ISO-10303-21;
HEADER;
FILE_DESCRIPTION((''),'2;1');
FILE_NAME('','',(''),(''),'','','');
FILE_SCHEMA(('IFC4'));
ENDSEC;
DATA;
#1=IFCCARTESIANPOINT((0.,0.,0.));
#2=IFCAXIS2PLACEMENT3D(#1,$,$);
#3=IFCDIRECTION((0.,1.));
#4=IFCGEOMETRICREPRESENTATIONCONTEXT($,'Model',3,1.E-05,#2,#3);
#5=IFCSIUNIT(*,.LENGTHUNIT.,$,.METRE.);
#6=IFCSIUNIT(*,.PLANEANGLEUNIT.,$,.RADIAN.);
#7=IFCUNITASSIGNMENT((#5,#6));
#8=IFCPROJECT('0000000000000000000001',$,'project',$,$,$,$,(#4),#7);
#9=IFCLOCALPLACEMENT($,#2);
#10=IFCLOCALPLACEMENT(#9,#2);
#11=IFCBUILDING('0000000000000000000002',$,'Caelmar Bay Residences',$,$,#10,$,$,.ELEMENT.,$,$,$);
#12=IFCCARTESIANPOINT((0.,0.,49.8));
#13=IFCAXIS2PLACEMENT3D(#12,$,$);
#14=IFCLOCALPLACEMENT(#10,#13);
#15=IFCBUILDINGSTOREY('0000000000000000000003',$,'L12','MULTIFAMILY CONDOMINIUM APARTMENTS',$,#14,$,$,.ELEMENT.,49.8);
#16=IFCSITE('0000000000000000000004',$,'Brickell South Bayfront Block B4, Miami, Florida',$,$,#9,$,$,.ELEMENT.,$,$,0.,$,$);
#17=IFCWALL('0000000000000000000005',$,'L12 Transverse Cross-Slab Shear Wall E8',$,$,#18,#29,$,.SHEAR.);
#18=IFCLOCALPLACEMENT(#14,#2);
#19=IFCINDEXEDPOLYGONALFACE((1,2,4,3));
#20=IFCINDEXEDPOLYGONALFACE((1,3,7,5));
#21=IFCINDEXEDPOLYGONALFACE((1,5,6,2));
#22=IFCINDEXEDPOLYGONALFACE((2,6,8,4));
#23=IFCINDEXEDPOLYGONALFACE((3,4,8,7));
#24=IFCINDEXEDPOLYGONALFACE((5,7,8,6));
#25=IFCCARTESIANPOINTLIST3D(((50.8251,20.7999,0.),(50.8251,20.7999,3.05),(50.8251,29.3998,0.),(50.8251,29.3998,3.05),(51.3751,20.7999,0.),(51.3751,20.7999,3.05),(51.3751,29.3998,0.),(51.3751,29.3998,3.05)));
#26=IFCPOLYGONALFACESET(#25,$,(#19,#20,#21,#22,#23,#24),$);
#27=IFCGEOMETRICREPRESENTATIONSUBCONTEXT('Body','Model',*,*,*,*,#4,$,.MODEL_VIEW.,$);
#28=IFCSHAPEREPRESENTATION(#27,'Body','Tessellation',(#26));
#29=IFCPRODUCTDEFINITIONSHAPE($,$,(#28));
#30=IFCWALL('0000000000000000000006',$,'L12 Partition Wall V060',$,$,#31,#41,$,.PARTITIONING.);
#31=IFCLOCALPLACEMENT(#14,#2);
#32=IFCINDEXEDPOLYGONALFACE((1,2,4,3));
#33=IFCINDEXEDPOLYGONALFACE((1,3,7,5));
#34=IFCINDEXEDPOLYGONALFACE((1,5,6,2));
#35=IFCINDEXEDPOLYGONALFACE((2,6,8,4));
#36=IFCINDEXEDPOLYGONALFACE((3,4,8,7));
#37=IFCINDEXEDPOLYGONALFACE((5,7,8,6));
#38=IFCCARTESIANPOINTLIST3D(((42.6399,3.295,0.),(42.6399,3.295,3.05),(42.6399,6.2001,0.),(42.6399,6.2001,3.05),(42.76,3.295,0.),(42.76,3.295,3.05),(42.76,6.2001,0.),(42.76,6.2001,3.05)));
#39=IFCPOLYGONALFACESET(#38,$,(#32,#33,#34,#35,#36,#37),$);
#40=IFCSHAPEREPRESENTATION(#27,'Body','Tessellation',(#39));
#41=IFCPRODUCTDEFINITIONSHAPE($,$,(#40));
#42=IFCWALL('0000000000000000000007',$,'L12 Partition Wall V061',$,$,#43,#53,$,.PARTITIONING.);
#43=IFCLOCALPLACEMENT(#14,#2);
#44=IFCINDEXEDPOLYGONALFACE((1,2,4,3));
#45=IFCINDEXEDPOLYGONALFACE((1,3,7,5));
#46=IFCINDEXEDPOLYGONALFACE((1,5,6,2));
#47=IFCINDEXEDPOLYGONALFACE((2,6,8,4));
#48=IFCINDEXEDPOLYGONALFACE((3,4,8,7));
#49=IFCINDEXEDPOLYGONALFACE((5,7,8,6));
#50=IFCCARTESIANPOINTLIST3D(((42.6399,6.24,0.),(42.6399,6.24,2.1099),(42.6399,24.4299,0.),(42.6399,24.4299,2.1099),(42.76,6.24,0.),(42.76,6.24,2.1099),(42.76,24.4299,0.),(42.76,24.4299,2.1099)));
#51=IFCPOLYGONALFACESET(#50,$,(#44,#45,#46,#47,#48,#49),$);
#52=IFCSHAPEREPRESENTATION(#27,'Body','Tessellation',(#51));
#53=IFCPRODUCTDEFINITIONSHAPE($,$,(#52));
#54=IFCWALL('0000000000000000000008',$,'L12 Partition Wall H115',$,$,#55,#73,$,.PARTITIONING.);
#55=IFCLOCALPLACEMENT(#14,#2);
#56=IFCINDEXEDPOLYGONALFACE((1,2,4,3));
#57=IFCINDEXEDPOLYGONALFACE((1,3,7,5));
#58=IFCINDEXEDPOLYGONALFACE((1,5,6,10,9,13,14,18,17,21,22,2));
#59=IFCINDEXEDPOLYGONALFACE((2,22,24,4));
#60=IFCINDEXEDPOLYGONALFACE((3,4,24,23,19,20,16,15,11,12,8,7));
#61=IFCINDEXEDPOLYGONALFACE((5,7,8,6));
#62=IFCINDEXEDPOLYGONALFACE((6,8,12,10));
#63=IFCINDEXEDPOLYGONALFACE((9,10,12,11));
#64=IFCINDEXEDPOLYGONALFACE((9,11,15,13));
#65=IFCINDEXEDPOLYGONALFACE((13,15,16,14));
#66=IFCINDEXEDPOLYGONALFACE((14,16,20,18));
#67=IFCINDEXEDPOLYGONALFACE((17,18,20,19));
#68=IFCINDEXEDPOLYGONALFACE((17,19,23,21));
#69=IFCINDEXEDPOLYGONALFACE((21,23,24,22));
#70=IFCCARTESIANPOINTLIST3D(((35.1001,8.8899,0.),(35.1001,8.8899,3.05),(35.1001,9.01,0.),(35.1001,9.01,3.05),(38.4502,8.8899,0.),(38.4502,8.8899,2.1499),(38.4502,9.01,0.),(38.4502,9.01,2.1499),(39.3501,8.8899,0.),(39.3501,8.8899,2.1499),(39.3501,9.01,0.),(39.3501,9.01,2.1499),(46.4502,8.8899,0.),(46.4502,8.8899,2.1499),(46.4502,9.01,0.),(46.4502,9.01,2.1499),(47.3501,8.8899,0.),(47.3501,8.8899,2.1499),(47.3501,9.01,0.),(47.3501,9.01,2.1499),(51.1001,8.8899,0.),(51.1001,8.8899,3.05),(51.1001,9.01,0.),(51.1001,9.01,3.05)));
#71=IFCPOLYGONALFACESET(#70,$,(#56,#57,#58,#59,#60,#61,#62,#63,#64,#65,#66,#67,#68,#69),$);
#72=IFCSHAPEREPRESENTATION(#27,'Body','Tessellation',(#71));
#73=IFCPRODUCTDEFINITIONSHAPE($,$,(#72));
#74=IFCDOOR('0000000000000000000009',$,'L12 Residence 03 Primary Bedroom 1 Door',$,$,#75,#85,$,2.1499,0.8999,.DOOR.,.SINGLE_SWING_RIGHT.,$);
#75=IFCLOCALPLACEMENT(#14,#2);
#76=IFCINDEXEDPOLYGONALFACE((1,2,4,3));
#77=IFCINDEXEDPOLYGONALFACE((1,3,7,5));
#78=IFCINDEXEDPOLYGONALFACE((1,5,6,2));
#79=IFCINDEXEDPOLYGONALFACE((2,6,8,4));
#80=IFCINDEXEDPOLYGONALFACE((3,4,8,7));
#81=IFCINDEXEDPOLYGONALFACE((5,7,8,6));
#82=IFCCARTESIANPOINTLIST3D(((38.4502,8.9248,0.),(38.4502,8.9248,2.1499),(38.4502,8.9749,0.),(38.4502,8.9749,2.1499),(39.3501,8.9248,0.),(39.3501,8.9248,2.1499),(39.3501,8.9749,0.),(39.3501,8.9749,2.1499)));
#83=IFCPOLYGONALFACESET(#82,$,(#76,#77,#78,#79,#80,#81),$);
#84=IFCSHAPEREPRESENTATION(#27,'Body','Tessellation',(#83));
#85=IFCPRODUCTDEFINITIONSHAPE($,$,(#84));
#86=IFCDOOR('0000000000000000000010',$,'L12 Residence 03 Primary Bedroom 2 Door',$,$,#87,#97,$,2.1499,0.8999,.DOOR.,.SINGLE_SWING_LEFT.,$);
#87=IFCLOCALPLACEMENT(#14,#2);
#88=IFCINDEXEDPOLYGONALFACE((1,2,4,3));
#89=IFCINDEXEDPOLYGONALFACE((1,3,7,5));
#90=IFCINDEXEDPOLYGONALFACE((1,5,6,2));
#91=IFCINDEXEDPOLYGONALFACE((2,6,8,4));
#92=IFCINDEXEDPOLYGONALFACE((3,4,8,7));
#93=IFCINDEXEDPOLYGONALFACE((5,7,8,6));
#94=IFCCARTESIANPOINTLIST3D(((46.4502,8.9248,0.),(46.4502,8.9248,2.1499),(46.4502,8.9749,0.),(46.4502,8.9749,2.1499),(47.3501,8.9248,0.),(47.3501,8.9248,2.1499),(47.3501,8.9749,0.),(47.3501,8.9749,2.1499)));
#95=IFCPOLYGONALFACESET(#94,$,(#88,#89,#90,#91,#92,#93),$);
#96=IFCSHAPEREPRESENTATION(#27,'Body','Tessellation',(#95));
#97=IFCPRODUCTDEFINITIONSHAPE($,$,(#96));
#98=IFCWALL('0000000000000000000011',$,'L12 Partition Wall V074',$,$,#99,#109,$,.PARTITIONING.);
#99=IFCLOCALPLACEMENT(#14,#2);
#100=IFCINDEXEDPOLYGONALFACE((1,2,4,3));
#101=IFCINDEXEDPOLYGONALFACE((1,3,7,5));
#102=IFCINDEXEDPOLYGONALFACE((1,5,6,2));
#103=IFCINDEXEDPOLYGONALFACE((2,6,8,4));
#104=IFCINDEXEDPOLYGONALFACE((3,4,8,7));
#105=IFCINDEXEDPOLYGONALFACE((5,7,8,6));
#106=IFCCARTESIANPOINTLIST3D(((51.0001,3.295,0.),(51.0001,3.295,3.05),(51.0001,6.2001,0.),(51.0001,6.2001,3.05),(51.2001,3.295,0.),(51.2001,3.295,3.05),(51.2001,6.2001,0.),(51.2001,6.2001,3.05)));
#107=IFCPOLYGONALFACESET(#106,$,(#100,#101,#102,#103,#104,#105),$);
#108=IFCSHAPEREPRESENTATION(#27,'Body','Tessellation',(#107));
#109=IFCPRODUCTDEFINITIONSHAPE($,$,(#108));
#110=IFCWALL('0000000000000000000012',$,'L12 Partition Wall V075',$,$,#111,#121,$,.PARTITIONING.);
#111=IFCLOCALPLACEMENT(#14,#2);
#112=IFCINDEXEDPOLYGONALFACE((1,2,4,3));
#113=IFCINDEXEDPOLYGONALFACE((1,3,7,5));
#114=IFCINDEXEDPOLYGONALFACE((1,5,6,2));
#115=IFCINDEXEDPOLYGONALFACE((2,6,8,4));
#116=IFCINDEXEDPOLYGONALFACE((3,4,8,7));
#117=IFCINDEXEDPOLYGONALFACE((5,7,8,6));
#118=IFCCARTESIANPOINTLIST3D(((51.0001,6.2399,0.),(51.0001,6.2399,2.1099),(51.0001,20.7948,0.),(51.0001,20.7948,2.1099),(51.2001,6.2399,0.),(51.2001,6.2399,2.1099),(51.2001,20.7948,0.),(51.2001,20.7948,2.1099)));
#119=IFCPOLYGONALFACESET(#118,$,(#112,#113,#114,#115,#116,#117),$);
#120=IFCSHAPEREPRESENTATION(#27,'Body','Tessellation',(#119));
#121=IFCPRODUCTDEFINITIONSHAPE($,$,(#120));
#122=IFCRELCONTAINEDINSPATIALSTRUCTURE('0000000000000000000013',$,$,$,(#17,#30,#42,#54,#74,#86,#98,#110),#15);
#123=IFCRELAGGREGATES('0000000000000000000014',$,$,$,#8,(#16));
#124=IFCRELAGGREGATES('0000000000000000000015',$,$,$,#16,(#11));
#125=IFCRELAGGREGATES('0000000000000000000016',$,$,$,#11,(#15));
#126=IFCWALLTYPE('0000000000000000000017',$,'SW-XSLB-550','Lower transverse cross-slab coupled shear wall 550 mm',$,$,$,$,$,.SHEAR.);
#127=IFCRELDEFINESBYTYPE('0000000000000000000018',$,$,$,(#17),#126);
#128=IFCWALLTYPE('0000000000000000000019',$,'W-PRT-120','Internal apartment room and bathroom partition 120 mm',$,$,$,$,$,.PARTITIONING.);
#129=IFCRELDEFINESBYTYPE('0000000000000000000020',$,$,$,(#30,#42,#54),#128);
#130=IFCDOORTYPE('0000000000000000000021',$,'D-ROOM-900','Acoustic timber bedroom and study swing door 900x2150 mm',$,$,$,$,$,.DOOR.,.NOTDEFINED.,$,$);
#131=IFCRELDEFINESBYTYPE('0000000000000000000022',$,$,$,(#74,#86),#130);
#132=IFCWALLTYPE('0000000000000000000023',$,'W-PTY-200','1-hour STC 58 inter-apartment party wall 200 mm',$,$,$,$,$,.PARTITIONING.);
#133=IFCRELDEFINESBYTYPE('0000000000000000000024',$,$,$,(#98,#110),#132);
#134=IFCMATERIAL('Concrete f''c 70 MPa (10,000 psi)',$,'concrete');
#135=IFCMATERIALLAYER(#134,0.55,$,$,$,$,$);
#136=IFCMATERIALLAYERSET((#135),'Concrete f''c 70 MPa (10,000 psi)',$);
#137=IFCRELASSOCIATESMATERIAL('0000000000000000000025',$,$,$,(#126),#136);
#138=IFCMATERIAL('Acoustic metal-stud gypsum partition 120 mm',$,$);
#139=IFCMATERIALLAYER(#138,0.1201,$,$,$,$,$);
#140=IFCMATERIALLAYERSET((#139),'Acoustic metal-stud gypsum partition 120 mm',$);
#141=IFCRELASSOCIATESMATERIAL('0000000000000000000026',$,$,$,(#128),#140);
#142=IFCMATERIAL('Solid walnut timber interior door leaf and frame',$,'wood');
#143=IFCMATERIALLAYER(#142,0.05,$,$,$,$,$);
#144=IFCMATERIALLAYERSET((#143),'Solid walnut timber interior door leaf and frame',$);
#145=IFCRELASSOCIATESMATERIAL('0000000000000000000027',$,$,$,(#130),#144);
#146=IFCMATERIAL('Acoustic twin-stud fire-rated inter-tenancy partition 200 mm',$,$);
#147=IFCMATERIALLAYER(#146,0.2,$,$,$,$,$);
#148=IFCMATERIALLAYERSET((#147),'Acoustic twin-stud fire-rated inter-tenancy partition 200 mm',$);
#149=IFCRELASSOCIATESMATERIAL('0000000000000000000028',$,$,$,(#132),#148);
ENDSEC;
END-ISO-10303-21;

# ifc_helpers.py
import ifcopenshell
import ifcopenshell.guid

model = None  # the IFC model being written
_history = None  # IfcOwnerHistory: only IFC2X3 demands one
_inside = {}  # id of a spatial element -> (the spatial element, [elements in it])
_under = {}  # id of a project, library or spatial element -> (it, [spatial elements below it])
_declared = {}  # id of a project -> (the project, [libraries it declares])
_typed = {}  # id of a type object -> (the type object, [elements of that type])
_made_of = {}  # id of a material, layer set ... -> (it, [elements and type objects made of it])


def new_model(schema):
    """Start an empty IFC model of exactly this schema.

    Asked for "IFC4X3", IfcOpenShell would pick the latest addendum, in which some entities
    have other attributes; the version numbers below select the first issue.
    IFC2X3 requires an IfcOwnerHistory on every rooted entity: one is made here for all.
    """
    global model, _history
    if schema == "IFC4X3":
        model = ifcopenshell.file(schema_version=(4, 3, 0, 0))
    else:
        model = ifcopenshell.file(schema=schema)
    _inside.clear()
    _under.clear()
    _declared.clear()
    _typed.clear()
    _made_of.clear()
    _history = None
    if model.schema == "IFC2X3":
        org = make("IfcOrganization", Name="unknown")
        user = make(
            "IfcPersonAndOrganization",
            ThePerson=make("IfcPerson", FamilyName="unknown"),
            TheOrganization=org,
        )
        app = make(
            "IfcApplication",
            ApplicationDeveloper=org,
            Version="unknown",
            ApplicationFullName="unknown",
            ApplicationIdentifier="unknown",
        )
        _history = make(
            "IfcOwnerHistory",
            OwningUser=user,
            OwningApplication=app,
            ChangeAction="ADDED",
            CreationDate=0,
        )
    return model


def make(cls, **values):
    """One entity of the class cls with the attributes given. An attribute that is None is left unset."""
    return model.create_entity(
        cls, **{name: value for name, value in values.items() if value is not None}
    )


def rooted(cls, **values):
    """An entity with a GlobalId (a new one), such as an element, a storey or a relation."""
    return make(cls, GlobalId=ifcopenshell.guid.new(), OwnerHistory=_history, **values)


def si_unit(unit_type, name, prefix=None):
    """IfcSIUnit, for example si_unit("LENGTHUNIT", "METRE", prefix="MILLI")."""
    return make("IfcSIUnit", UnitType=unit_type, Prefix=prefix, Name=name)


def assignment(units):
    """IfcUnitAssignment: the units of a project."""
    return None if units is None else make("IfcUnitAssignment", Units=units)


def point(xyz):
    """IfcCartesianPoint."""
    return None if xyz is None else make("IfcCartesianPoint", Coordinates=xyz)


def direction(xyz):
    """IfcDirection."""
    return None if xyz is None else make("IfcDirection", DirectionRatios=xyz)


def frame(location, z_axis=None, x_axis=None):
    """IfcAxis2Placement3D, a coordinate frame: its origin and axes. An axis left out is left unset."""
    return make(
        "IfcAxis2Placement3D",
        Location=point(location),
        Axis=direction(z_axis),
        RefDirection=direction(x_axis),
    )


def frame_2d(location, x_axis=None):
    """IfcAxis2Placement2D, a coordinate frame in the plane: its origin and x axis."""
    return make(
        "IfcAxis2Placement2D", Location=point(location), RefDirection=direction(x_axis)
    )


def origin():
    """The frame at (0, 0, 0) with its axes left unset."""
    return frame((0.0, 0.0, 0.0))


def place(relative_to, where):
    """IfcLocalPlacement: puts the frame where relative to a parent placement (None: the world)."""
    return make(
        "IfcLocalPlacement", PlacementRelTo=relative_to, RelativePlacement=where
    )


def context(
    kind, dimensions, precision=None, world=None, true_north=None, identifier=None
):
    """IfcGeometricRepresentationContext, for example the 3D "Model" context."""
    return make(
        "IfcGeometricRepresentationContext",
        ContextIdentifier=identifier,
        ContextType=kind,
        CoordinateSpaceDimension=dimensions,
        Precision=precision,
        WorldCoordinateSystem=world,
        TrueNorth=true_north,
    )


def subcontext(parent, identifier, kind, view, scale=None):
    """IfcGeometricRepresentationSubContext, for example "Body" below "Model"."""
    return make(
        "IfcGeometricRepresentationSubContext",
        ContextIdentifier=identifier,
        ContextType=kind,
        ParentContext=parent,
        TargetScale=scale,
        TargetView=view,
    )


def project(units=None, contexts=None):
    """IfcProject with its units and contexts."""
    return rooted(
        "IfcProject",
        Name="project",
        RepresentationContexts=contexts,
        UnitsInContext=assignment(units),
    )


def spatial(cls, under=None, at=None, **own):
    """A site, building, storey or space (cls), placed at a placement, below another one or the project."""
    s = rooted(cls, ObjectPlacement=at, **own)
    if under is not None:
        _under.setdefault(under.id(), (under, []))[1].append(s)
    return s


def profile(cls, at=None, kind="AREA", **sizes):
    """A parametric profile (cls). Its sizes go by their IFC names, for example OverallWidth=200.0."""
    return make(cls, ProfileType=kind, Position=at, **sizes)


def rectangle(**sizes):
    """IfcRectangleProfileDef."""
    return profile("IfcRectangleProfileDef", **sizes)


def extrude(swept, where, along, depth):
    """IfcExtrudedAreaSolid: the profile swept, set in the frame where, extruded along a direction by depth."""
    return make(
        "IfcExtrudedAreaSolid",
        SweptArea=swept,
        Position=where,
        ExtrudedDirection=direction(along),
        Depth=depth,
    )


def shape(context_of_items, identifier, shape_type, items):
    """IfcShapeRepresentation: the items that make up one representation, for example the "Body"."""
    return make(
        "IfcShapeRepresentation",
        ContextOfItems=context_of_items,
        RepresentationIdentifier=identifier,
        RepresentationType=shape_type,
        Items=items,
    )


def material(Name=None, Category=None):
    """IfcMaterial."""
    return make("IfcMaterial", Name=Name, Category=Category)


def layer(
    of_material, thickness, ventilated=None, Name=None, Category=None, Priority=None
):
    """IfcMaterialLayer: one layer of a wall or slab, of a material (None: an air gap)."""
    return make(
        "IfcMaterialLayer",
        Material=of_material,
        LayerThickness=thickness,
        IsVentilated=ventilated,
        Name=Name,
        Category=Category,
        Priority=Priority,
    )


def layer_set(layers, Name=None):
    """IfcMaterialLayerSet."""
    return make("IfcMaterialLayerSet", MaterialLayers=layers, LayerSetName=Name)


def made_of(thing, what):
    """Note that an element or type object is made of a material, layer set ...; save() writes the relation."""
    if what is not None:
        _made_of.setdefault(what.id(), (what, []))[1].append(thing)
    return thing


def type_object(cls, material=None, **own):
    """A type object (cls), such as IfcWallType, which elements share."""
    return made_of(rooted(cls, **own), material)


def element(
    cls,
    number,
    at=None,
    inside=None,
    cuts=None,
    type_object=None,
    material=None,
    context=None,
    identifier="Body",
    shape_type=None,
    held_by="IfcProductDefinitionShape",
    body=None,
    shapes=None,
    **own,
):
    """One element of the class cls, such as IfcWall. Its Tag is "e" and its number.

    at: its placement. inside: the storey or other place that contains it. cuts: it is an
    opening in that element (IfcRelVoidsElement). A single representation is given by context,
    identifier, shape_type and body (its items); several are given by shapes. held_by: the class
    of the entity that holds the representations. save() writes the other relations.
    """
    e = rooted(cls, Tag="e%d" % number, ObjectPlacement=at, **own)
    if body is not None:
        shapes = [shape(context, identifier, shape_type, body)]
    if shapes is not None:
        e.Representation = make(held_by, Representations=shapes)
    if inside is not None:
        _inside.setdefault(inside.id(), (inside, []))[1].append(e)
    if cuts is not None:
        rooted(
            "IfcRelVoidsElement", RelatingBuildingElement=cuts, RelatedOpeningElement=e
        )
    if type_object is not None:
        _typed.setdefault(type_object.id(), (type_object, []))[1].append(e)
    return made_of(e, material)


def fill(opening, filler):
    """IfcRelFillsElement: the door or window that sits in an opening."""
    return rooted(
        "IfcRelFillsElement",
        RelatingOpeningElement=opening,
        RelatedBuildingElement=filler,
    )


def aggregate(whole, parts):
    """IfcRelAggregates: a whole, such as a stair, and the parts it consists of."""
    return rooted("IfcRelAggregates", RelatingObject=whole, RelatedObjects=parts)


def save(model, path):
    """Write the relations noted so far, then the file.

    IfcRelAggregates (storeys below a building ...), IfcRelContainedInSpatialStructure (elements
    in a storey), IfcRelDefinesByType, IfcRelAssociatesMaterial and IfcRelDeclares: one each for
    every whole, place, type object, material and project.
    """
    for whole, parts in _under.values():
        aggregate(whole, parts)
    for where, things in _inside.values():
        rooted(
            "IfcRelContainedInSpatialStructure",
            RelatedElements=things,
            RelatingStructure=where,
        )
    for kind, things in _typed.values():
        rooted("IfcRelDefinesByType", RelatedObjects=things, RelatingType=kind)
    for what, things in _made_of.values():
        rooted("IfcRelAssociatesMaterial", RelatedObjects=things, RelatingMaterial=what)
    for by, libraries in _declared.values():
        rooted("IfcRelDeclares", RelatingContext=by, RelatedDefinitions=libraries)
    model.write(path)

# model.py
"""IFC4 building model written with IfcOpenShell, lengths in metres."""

from ifc_helpers import new_model, si_unit, direction, frame, frame_2d, origin, place, context, subcontext, project, spatial, rectangle, extrude, material, layer, layer_set, type_object, element, fill, save


model = new_model("IFC4")

# Units and contexts
model_context = context("Model", 3, precision=1e-05, world=origin(), true_north=direction((0.0, 1.0)))
body_context = subcontext(model_context, "Body", "Model", "MODEL_VIEW")
ifc_project = project(units=[si_unit("LENGTHUNIT", "METRE"), si_unit("PLANEANGLEUNIT", "RADIAN")], contexts=[model_context])

# Site, building, storey
site_placement = place(None, origin())
site = spatial("IfcSite", under=ifc_project, at=site_placement, Name="Brickell South Bayfront Block B4, Miami, Florida", CompositionType="ELEMENT", RefElevation=0.0)
building_placement = place(site_placement, origin())
building = spatial("IfcBuilding", under=site, at=building_placement, Name="Caelmar Bay Residences", CompositionType="ELEMENT")
storey_placement = place(building_placement, frame((0.0, 0.0, 49.8)))
storey = spatial("IfcBuildingStorey", under=building, at=storey_placement, Name="L12", Description="MULTIFAMILY CONDOMINIUM APARTMENTS", CompositionType="ELEMENT", Elevation=49.8)

# Shared definitions
ifc_material_1 = material(Name="Concrete f'c 70 MPa (10,000 psi)", Category="concrete")

# Walls
ifc_layer_1 = layer(ifc_material_1, 0.55)
ifc_layer_set_1 = layer_set([ifc_layer_1], Name="Concrete f'c 70 MPa (10,000 psi)")
wall_type_1 = type_object("IfcWallType", Name="SW-XSLB-550", Description="Lower transverse cross-slab coupled shear wall 550 mm", PredefinedType="SHEAR", material=ifc_layer_set_1)
wall_1_placement = place(storey_placement, frame((51.1001, 20.8, 0.0), z_axis=(0.0, 0.0, 1.0), x_axis=(0.0, 1.0, 0.0)))
element("IfcWall", 1, at=wall_1_placement, inside=storey, type_object=wall_type_1, Name="L12 Transverse Cross-Slab Shear Wall E8", PredefinedType="SHEAR", context=body_context, shape_type="SweptSolid", body=[
    extrude(rectangle(XDim=8.5999, YDim=0.55, at=frame_2d((4.2998, 0.0))), origin(), (0.0, 0.0, 1.0), 3.05),
])
ifc_material_2 = material(Name="Acoustic metal-stud gypsum partition 120 mm")
ifc_layer_2 = layer(ifc_material_2, 0.1201)
ifc_layer_set_2 = layer_set([ifc_layer_2], Name="Acoustic metal-stud gypsum partition 120 mm")
wall_type_2 = type_object("IfcWallType", Name="W-PRT-120", Description="Internal apartment room and bathroom partition 120 mm", PredefinedType="PARTITIONING", material=ifc_layer_set_2)
wall_2_placement = place(storey_placement, frame((42.7, 3.2949, 0.0), z_axis=(0.0, 0.0, 1.0), x_axis=(0.0, 1.0, 0.0)))
element("IfcWall", 2, at=wall_2_placement, inside=storey, type_object=wall_type_2, Name="L12 Partition Wall V060", PredefinedType="PARTITIONING", context=body_context, shape_type="SweptSolid", body=[
    extrude(rectangle(XDim=2.905, YDim=0.1201, at=frame_2d((1.4526, 0.0))), origin(), (0.0, 0.0, 1.0), 3.05),
])
wall_3_placement = place(storey_placement, frame((42.7, 6.24, 0.0), z_axis=(0.0, 0.0, 1.0), x_axis=(0.0, 1.0, 0.0)))
element("IfcWall", 3, at=wall_3_placement, inside=storey, type_object=wall_type_2, Name="L12 Partition Wall V061", PredefinedType="PARTITIONING", context=body_context, shape_type="SweptSolid", body=[
    extrude(rectangle(XDim=18.1899, YDim=0.1201, at=frame_2d((9.095, 0.0))), origin(), (0.0, 0.0, 1.0), 2.1099),
])

# Wall, openings, doors
wall_4_placement = place(storey_placement, frame((35.1001, 8.95, 0.0), z_axis=(0.0, 0.0, 1.0), x_axis=(1.0, 0.0, 0.0)))
wall_4 = element("IfcWall", 4, at=wall_4_placement, inside=storey, type_object=wall_type_2, Name="L12 Partition Wall H115", PredefinedType="PARTITIONING", context=body_context, shape_type="SweptSolid", body=[
    extrude(rectangle(XDim=16.0, YDim=0.1201, at=frame_2d((8.0, 0.0))), origin(), (0.0, 0.0, 1.0), 3.05),
])
opening_1_placement = place(wall_4_placement, frame((3.3501, 0.0, 0.0)))
opening_1 = element("IfcOpeningElement", 5, at=opening_1_placement, cuts=wall_4, PredefinedType="OPENING", context=body_context, shape_type="SweptSolid", body=[
    extrude(rectangle(XDim=0.8999, YDim=2.1499, at=frame_2d((0.45, 1.075))), frame((0.0, 0.0701, 0.0), z_axis=(0.0, -1.0, 0.0), x_axis=(1.0, 0.0, 0.0)), (0.0, 0.0, 1.0), 0.1401),
])
opening_2_placement = place(wall_4_placement, frame((11.3501, 0.0, 0.0)))
opening_2 = element("IfcOpeningElement", 6, at=opening_2_placement, cuts=wall_4, PredefinedType="OPENING", context=body_context, shape_type="SweptSolid", body=[
    extrude(rectangle(XDim=0.8999, YDim=2.1499, at=frame_2d((0.45, 1.075))), frame((0.0, 0.0701, 0.0), z_axis=(0.0, -1.0, 0.0), x_axis=(1.0, 0.0, 0.0)), (0.0, 0.0, 1.0), 0.1401),
])
ifc_material_3 = material(Name="Solid walnut timber interior door leaf and frame", Category="wood")
ifc_layer_3 = layer(ifc_material_3, 0.05)
ifc_layer_set_3 = layer_set([ifc_layer_3], Name="Solid walnut timber interior door leaf and frame")
door_type = type_object("IfcDoorType", Name="D-ROOM-900", Description="Acoustic timber bedroom and study swing door 900x2150 mm", OperationType="NOTDEFINED", PredefinedType="DOOR", material=ifc_layer_set_3)
door_1_placement = place(opening_1_placement, origin())
door_1 = element("IfcDoor", 7, at=door_1_placement, inside=storey, type_object=door_type, Name="L12 Residence 03 Primary Bedroom 1 Door", OperationType="SINGLE_SWING_RIGHT", OverallHeight=2.1499, OverallWidth=0.8999, PredefinedType="DOOR", context=body_context, shape_type="SweptSolid", body=[
    extrude(rectangle(XDim=0.8999, YDim=2.1499, at=frame_2d((0.45, 1.075))), frame((0.0, 0.0249, 0.0), z_axis=(0.0, -1.0, 0.0), x_axis=(1.0, 0.0, 0.0)), (0.0, 0.0, 1.0), 0.05),
])
fill(opening_1, door_1)
door_2_placement = place(opening_2_placement, origin())
door_2 = element("IfcDoor", 8, at=door_2_placement, inside=storey, type_object=door_type, Name="L12 Residence 03 Primary Bedroom 2 Door", OperationType="SINGLE_SWING_LEFT", OverallHeight=2.1499, OverallWidth=0.8999, PredefinedType="DOOR", context=body_context, shape_type="SweptSolid", body=[
    extrude(rectangle(XDim=0.8999, YDim=2.1499, at=frame_2d((0.45, 1.075))), frame((0.0, 0.0249, 0.0), z_axis=(0.0, -1.0, 0.0), x_axis=(1.0, 0.0, 0.0)), (0.0, 0.0, 1.0), 0.05),
])
fill(opening_2, door_2)

# Walls
ifc_material_4 = material(Name="Acoustic twin-stud fire-rated inter-tenancy partition 200 mm")
ifc_layer_4 = layer(ifc_material_4, 0.2)
ifc_layer_set_4 = layer_set([ifc_layer_4], Name="Acoustic twin-stud fire-rated inter-tenancy partition 200 mm")
wall_type_3 = type_object("IfcWallType", Name="W-PTY-200", Description="1-hour STC 58 inter-apartment party wall 200 mm", PredefinedType="PARTITIONING", material=ifc_layer_set_4)
wall_5_placement = place(storey_placement, frame((51.1001, 3.2949, 0.0), z_axis=(0.0, 0.0, 1.0), x_axis=(0.0, 1.0, 0.0)))
element("IfcWall", 9, at=wall_5_placement, inside=storey, type_object=wall_type_3, Name="L12 Partition Wall V074", PredefinedType="PARTITIONING", context=body_context, shape_type="SweptSolid", body=[
    extrude(rectangle(XDim=2.905, YDim=0.2, at=frame_2d((1.4526, 0.0))), origin(), (0.0, 0.0, 1.0), 3.05),
])
wall_6_placement = place(storey_placement, frame((51.1001, 6.24, 0.0), z_axis=(0.0, 0.0, 1.0), x_axis=(0.0, 1.0, 0.0)))
element("IfcWall", 10, at=wall_6_placement, inside=storey, type_object=wall_type_3, Name="L12 Partition Wall V075", PredefinedType="PARTITIONING", context=body_context, shape_type="SweptSolid", body=[
    extrude(rectangle(XDim=14.5549, YDim=0.2, at=frame_2d((7.2773, 0.0))), origin(), (0.0, 0.0, 1.0), 2.1099),
])

save(model, "model.ifc")
